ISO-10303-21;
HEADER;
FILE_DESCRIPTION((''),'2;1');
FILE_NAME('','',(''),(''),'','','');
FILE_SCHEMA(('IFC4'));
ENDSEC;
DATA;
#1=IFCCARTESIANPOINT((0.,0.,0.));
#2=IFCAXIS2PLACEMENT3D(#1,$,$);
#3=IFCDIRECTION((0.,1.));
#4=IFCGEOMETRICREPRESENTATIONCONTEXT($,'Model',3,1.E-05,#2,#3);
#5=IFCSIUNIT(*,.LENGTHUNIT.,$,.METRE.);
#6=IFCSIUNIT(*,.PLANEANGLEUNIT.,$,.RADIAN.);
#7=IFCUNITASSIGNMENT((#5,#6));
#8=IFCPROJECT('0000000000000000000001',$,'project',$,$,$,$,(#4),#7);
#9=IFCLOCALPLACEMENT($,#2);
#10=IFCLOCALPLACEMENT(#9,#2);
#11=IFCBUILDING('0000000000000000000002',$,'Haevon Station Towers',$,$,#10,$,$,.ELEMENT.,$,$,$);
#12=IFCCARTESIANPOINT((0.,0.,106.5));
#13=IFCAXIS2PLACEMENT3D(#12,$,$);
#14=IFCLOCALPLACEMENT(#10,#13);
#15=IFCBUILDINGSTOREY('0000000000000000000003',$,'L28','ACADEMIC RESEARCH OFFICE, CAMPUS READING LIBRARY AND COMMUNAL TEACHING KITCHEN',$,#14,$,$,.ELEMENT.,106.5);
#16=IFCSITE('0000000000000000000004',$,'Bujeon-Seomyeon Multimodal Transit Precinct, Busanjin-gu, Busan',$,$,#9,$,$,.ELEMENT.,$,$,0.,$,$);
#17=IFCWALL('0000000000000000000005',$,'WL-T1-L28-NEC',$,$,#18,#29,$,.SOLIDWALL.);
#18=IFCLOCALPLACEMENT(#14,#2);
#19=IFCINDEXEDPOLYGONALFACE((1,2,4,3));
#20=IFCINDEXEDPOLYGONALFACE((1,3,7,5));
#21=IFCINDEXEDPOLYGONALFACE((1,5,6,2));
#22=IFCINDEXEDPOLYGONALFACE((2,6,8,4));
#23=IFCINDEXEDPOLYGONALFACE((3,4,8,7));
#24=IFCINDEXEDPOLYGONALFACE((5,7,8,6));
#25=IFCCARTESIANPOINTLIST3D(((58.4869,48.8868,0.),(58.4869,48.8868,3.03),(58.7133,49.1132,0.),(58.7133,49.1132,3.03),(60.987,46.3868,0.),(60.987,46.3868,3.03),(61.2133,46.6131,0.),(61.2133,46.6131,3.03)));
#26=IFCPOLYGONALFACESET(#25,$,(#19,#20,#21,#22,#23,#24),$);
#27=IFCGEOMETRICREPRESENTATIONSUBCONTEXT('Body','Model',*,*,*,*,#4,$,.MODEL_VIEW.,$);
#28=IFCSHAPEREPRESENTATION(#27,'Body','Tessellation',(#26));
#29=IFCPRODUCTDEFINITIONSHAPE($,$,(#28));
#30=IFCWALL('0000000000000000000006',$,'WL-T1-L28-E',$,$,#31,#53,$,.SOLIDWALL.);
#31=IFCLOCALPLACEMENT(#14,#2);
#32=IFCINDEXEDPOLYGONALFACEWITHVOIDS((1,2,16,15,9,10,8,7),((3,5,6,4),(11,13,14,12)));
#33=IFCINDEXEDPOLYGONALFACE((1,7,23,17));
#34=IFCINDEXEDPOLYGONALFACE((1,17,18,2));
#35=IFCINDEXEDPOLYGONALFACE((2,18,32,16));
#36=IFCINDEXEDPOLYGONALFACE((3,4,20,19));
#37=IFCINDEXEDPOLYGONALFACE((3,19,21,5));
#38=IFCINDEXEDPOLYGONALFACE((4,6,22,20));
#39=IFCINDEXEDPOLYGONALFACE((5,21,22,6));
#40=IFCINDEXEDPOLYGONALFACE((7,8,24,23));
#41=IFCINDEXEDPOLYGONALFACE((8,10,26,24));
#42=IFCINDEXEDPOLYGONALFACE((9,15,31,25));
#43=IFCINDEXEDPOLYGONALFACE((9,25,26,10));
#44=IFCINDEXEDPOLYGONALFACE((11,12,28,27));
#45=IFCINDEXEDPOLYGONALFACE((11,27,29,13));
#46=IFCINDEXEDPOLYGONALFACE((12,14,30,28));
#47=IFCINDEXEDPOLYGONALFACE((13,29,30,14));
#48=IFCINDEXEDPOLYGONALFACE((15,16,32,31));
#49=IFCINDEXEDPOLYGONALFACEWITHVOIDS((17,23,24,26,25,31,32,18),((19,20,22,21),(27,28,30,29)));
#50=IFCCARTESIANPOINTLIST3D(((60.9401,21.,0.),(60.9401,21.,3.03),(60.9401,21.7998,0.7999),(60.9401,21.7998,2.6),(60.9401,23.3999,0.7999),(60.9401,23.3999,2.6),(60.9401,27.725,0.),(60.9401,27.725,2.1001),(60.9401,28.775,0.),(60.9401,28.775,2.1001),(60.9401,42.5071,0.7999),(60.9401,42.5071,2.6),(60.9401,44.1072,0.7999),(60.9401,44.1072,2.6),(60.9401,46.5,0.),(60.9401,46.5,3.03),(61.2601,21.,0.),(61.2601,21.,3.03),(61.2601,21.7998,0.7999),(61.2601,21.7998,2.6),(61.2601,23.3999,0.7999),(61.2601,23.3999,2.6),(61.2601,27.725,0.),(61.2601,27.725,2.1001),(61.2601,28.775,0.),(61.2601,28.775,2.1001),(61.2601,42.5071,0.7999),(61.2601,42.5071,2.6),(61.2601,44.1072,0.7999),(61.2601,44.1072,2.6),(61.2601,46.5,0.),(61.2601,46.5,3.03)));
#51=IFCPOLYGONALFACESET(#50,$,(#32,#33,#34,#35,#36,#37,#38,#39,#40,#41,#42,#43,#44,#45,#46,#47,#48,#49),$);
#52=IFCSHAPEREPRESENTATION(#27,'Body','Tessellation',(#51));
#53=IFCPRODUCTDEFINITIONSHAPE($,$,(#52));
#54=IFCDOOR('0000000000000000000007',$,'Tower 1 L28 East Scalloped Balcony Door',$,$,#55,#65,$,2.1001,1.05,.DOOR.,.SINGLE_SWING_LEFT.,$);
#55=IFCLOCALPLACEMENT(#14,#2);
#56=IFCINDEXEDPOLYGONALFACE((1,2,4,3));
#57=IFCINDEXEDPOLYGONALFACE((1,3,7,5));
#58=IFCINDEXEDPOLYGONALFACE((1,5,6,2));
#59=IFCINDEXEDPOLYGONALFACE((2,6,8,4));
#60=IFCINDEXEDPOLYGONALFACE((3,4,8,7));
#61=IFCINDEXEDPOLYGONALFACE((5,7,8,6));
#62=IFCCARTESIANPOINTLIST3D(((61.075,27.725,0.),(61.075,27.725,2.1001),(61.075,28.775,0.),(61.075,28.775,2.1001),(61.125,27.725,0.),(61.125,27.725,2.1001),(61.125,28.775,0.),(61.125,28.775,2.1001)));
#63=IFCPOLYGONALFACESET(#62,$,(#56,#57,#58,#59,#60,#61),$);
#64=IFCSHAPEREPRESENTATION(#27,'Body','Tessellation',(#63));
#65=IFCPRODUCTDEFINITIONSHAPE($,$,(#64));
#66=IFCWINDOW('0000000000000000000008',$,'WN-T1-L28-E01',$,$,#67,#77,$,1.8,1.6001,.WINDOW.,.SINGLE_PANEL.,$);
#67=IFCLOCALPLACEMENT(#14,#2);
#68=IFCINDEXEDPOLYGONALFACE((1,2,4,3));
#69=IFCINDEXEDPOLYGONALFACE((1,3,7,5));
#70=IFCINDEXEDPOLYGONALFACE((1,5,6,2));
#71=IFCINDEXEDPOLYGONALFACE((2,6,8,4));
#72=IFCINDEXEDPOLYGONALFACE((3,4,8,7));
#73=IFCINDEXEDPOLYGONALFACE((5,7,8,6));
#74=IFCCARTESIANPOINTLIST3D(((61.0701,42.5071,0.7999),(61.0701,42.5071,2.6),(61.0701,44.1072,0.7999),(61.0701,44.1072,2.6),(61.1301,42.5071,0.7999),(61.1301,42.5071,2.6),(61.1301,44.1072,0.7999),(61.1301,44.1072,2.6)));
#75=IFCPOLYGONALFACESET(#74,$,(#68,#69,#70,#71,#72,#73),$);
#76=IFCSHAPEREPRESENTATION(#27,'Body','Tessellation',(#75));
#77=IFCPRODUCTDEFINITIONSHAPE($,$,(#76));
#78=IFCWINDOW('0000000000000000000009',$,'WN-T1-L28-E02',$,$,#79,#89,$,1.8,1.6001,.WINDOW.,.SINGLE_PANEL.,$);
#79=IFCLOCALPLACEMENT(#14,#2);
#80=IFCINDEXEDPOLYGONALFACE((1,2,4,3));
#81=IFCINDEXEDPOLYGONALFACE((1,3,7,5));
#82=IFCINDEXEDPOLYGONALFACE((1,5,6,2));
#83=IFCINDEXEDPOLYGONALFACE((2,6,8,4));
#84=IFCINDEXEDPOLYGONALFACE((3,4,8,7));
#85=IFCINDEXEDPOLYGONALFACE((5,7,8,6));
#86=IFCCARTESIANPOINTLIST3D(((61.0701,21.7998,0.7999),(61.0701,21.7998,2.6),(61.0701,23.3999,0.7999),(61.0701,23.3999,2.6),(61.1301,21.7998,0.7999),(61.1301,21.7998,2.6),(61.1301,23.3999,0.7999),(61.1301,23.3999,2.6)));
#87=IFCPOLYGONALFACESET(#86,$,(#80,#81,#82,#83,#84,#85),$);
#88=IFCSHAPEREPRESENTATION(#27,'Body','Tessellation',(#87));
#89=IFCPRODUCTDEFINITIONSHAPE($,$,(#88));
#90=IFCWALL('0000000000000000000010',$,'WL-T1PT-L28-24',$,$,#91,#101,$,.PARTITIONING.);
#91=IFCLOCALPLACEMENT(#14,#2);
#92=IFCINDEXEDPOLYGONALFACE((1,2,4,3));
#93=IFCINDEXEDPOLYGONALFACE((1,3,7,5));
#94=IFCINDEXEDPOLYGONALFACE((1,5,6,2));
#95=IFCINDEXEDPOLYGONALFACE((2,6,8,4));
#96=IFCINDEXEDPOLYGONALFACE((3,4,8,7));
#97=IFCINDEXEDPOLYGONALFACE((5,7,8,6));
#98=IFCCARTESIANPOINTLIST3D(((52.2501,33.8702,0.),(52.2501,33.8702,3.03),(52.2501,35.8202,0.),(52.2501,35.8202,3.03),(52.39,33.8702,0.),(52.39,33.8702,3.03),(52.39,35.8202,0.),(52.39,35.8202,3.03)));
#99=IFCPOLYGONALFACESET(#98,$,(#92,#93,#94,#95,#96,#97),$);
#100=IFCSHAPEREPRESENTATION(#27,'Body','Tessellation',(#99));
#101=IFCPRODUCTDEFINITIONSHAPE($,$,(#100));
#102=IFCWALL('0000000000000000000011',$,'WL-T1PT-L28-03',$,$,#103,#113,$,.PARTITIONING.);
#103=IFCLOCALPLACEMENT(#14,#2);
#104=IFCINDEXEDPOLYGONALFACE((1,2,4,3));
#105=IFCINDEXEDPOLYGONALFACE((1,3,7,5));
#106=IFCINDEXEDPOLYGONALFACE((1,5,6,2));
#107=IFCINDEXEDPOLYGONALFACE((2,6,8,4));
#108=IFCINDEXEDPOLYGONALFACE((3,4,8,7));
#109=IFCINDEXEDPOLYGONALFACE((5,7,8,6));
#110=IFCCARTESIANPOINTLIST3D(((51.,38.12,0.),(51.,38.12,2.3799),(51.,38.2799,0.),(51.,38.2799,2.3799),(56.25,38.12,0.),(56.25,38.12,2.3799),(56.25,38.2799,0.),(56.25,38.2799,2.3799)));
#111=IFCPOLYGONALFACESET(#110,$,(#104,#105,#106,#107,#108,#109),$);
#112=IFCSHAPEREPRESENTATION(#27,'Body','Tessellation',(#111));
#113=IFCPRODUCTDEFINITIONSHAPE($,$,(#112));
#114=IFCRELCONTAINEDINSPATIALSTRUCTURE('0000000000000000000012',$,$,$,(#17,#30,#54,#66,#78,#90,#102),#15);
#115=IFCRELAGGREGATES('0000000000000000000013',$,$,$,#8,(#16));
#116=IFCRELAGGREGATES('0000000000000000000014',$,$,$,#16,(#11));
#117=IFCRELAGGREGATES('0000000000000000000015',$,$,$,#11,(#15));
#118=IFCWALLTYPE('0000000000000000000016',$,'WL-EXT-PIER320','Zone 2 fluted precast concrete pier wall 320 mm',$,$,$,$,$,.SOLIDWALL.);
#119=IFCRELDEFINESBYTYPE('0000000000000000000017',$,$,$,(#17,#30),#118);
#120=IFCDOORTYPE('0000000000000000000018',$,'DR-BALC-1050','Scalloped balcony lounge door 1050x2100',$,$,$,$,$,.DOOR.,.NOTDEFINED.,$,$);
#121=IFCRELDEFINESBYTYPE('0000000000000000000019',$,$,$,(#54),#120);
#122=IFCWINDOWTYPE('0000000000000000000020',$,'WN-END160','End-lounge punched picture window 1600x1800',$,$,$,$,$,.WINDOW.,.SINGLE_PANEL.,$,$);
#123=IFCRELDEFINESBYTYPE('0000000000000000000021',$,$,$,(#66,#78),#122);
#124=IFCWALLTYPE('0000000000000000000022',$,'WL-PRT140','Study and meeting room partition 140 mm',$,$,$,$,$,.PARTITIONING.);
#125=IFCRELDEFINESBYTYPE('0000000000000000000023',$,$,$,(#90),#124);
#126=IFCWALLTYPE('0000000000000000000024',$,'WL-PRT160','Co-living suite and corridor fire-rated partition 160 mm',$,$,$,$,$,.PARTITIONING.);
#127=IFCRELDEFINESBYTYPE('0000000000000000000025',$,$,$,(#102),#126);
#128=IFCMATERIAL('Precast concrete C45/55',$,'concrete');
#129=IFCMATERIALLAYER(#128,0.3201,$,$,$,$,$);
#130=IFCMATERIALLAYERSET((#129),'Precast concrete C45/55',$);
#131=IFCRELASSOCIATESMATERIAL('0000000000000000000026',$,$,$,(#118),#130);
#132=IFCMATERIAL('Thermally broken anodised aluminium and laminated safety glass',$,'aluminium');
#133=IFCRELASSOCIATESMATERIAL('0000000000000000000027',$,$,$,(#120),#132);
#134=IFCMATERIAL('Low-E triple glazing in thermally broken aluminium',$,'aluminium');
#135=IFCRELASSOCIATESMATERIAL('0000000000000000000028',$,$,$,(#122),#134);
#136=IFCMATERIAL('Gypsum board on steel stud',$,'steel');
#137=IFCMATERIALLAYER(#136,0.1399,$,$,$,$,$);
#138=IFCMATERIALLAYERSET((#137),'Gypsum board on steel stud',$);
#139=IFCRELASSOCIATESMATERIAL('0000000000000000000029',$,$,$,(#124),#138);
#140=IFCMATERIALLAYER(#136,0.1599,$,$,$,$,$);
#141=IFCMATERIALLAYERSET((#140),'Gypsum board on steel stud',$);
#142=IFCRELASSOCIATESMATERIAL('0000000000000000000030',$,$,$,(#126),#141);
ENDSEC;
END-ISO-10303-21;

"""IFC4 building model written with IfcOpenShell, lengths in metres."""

from ifc_helpers import new_model, si_unit, direction, frame, frame_2d, origin, place, context, subcontext, project, spatial, rectangle, extrude, material, layer, layer_set, type_object, element, fill, save


model = new_model("IFC4")

# Units and contexts
model_context = context("Model", 3, precision=1e-05, world=origin(), true_north=direction((0.0, 1.0)))
body_context = subcontext(model_context, "Body", "Model", "MODEL_VIEW")
ifc_project = project(units=[si_unit("LENGTHUNIT", "METRE"), si_unit("PLANEANGLEUNIT", "RADIAN")], contexts=[model_context])

# Site, building, storey
site_placement = place(None, origin())
site = spatial("IfcSite", under=ifc_project, at=site_placement, Name="Bujeon-Seomyeon Multimodal Transit Precinct, Busanjin-gu, Busan", CompositionType="ELEMENT", RefElevation=0.0)
building_placement = place(site_placement, origin())
building = spatial("IfcBuilding", under=site, at=building_placement, Name="Haevon Station Towers", CompositionType="ELEMENT")
storey_placement = place(building_placement, frame((0.0, 0.0, 106.5)))
storey = spatial("IfcBuildingStorey", under=building, at=storey_placement, Name="L28", Description="ACADEMIC RESEARCH OFFICE, CAMPUS READING LIBRARY AND COMMUNAL TEACHING KITCHEN", CompositionType="ELEMENT", Elevation=106.5)

# Wall
ifc_material_1 = material(Name="Precast concrete C45/55", Category="concrete")
ifc_layer_1 = layer(ifc_material_1, 0.3201)
ifc_layer_set_1 = layer_set([ifc_layer_1], Name="Precast concrete C45/55")
wall_type_1 = type_object("IfcWallType", Name="WL-EXT-PIER320", Description="Zone 2 fluted precast concrete pier wall 320 mm", PredefinedType="SOLIDWALL", material=ifc_layer_set_1)
wall_1_placement = place(storey_placement, frame((58.6001, 49.0, 0.0), z_axis=(0.0, 0.0, 1.0), x_axis=(0.707107, -0.707107, 0.0)))
element("IfcWall", 1, at=wall_1_placement, inside=storey, type_object=wall_type_1, Name="WL-T1-L28-NEC", PredefinedType="SOLIDWALL", context=body_context, shape_type="SweptSolid", body=[
    extrude(rectangle(XDim=3.5356, YDim=0.3201, at=frame_2d((1.7678, 0.0))), origin(), (0.0, 0.0, 1.0), 3.03),
])

# Wall, openings, door, windows
wall_2_placement = place(storey_placement, frame((61.1001, 46.5, 0.0), z_axis=(0.0, 0.0, 1.0), x_axis=(0.0, -1.0, 0.0)))
wall_2 = element("IfcWall", 2, at=wall_2_placement, inside=storey, type_object=wall_type_1, Name="WL-T1-L28-E", PredefinedType="SOLIDWALL", context=body_context, shape_type="SweptSolid", body=[
    extrude(rectangle(XDim=25.5, YDim=0.3201, at=frame_2d((12.75, 0.0))), origin(), (0.0, 0.0, 1.0), 3.03),
])
opening_1_placement = place(wall_2_placement, frame((17.7251, 0.0, 0.0)))
opening_1 = element("IfcOpeningElement", 3, at=opening_1_placement, cuts=wall_2, PredefinedType="OPENING", context=body_context, shape_type="SweptSolid", body=[
    extrude(rectangle(XDim=1.05, YDim=2.1001, at=frame_2d((0.5249, 1.05))), frame((0.0, 0.1699, 0.0), z_axis=(0.0, -1.0, 0.0), x_axis=(1.0, 0.0, 0.0)), (0.0, 0.0, 1.0), 0.3401),
])
opening_2_placement = place(wall_2_placement, frame((2.3928, 0.0, 0.8)))
opening_2 = element("IfcOpeningElement", 4, at=opening_2_placement, cuts=wall_2, PredefinedType="OPENING", context=body_context, shape_type="SweptSolid", body=[
    extrude(rectangle(XDim=1.6001, YDim=1.8, at=frame_2d((0.8, 0.8999))), frame((0.0, 0.1699, 0.0), z_axis=(0.0, -1.0, 0.0), x_axis=(1.0, 0.0, 0.0)), (0.0, 0.0, 1.0), 0.3401),
])
opening_3_placement = place(wall_2_placement, frame((23.1001, 0.0, 0.8)))
opening_3 = element("IfcOpeningElement", 5, at=opening_3_placement, cuts=wall_2, PredefinedType="OPENING", context=body_context, shape_type="SweptSolid", body=[
    extrude(rectangle(XDim=1.6001, YDim=1.8, at=frame_2d((0.8, 0.8999))), frame((0.0, 0.1699, 0.0), z_axis=(0.0, -1.0, 0.0), x_axis=(1.0, 0.0, 0.0)), (0.0, 0.0, 1.0), 0.3401),
])
ifc_material_2 = material(Name="Thermally broken anodised aluminium and laminated safety glass", Category="aluminium")
door_type = type_object("IfcDoorType", Name="DR-BALC-1050", Description="Scalloped balcony lounge door 1050x2100", OperationType="NOTDEFINED", PredefinedType="DOOR", material=ifc_material_2)
door_placement = place(opening_1_placement, origin())
door = element("IfcDoor", 6, at=door_placement, inside=storey, type_object=door_type, Name="Tower 1 L28 East Scalloped Balcony Door", OperationType="SINGLE_SWING_LEFT", OverallHeight=2.1001, OverallWidth=1.05, PredefinedType="DOOR", context=body_context, shape_type="SweptSolid", body=[
    extrude(rectangle(XDim=1.05, YDim=2.1001, at=frame_2d((0.5249, 1.05))), frame((0.0, 0.0249, 0.0), z_axis=(0.0, -1.0, 0.0), x_axis=(1.0, 0.0, 0.0)), (0.0, 0.0, 1.0), 0.05),
])
fill(opening_1, door)
ifc_material_3 = material(Name="Low-E triple glazing in thermally broken aluminium", Category="aluminium")
window_type = type_object("IfcWindowType", Name="WN-END160", Description="End-lounge punched picture window 1600x1800", PartitioningType="SINGLE_PANEL", PredefinedType="WINDOW", material=ifc_material_3)
window_1_placement = place(opening_2_placement, origin())
window_1 = element("IfcWindow", 7, at=window_1_placement, inside=storey, type_object=window_type, Name="WN-T1-L28-E01", OverallHeight=1.8, OverallWidth=1.6001, PartitioningType="SINGLE_PANEL", PredefinedType="WINDOW", context=body_context, shape_type="SweptSolid", body=[
    extrude(rectangle(XDim=1.6001, YDim=1.8, at=frame_2d((0.8, 0.8999))), frame((0.0, 0.03, 0.0), z_axis=(0.0, -1.0, 0.0), x_axis=(1.0, 0.0, 0.0)), (0.0, 0.0, 1.0), 0.0601),
])
fill(opening_2, window_1)
window_2_placement = place(opening_3_placement, origin())
window_2 = element("IfcWindow", 8, at=window_2_placement, inside=storey, type_object=window_type, Name="WN-T1-L28-E02", OverallHeight=1.8, OverallWidth=1.6001, PartitioningType="SINGLE_PANEL", PredefinedType="WINDOW", context=body_context, shape_type="SweptSolid", body=[
    extrude(rectangle(XDim=1.6001, YDim=1.8, at=frame_2d((0.8, 0.8999))), frame((0.0, 0.03, 0.0), z_axis=(0.0, -1.0, 0.0), x_axis=(1.0, 0.0, 0.0)), (0.0, 0.0, 1.0), 0.0601),
])
fill(opening_3, window_2)

# Walls
ifc_material_4 = material(Name="Gypsum board on steel stud", Category="steel")
ifc_layer_2 = layer(ifc_material_4, 0.1399)
ifc_layer_set_2 = layer_set([ifc_layer_2], Name="Gypsum board on steel stud")
wall_type_2 = type_object("IfcWallType", Name="WL-PRT140", Description="Study and meeting room partition 140 mm", PredefinedType="PARTITIONING", material=ifc_layer_set_2)
wall_3_placement = place(storey_placement, frame((52.3201, 33.8701, 0.0), z_axis=(0.0, 0.0, 1.0), x_axis=(0.0, 1.0, 0.0)))
element("IfcWall", 9, at=wall_3_placement, inside=storey, type_object=wall_type_2, Name="WL-T1PT-L28-24", PredefinedType="PARTITIONING", context=body_context, shape_type="SweptSolid", body=[
    extrude(rectangle(XDim=1.95, YDim=0.1399, at=frame_2d((0.9751, 0.0))), origin(), (0.0, 0.0, 1.0), 3.03),
])
ifc_layer_3 = layer(ifc_material_4, 0.1599)
ifc_layer_set_3 = layer_set([ifc_layer_3], Name="Gypsum board on steel stud")
wall_type_3 = type_object("IfcWallType", Name="WL-PRT160", Description="Co-living suite and corridor fire-rated partition 160 mm", PredefinedType="PARTITIONING", material=ifc_layer_set_3)
wall_4_placement = place(storey_placement, frame((51.0, 38.2, 0.0), z_axis=(0.0, 0.0, 1.0), x_axis=(1.0, 0.0, 0.0)))
element("IfcWall", 10, at=wall_4_placement, inside=storey, type_object=wall_type_3, Name="WL-T1PT-L28-03", PredefinedType="PARTITIONING", context=body_context, shape_type="SweptSolid", body=[
    extrude(rectangle(XDim=5.25, YDim=0.1599, at=frame_2d((2.625, 0.0))), origin(), (0.0, 0.0, 1.0), 2.3799),
])

save(model, "model.ifc")
